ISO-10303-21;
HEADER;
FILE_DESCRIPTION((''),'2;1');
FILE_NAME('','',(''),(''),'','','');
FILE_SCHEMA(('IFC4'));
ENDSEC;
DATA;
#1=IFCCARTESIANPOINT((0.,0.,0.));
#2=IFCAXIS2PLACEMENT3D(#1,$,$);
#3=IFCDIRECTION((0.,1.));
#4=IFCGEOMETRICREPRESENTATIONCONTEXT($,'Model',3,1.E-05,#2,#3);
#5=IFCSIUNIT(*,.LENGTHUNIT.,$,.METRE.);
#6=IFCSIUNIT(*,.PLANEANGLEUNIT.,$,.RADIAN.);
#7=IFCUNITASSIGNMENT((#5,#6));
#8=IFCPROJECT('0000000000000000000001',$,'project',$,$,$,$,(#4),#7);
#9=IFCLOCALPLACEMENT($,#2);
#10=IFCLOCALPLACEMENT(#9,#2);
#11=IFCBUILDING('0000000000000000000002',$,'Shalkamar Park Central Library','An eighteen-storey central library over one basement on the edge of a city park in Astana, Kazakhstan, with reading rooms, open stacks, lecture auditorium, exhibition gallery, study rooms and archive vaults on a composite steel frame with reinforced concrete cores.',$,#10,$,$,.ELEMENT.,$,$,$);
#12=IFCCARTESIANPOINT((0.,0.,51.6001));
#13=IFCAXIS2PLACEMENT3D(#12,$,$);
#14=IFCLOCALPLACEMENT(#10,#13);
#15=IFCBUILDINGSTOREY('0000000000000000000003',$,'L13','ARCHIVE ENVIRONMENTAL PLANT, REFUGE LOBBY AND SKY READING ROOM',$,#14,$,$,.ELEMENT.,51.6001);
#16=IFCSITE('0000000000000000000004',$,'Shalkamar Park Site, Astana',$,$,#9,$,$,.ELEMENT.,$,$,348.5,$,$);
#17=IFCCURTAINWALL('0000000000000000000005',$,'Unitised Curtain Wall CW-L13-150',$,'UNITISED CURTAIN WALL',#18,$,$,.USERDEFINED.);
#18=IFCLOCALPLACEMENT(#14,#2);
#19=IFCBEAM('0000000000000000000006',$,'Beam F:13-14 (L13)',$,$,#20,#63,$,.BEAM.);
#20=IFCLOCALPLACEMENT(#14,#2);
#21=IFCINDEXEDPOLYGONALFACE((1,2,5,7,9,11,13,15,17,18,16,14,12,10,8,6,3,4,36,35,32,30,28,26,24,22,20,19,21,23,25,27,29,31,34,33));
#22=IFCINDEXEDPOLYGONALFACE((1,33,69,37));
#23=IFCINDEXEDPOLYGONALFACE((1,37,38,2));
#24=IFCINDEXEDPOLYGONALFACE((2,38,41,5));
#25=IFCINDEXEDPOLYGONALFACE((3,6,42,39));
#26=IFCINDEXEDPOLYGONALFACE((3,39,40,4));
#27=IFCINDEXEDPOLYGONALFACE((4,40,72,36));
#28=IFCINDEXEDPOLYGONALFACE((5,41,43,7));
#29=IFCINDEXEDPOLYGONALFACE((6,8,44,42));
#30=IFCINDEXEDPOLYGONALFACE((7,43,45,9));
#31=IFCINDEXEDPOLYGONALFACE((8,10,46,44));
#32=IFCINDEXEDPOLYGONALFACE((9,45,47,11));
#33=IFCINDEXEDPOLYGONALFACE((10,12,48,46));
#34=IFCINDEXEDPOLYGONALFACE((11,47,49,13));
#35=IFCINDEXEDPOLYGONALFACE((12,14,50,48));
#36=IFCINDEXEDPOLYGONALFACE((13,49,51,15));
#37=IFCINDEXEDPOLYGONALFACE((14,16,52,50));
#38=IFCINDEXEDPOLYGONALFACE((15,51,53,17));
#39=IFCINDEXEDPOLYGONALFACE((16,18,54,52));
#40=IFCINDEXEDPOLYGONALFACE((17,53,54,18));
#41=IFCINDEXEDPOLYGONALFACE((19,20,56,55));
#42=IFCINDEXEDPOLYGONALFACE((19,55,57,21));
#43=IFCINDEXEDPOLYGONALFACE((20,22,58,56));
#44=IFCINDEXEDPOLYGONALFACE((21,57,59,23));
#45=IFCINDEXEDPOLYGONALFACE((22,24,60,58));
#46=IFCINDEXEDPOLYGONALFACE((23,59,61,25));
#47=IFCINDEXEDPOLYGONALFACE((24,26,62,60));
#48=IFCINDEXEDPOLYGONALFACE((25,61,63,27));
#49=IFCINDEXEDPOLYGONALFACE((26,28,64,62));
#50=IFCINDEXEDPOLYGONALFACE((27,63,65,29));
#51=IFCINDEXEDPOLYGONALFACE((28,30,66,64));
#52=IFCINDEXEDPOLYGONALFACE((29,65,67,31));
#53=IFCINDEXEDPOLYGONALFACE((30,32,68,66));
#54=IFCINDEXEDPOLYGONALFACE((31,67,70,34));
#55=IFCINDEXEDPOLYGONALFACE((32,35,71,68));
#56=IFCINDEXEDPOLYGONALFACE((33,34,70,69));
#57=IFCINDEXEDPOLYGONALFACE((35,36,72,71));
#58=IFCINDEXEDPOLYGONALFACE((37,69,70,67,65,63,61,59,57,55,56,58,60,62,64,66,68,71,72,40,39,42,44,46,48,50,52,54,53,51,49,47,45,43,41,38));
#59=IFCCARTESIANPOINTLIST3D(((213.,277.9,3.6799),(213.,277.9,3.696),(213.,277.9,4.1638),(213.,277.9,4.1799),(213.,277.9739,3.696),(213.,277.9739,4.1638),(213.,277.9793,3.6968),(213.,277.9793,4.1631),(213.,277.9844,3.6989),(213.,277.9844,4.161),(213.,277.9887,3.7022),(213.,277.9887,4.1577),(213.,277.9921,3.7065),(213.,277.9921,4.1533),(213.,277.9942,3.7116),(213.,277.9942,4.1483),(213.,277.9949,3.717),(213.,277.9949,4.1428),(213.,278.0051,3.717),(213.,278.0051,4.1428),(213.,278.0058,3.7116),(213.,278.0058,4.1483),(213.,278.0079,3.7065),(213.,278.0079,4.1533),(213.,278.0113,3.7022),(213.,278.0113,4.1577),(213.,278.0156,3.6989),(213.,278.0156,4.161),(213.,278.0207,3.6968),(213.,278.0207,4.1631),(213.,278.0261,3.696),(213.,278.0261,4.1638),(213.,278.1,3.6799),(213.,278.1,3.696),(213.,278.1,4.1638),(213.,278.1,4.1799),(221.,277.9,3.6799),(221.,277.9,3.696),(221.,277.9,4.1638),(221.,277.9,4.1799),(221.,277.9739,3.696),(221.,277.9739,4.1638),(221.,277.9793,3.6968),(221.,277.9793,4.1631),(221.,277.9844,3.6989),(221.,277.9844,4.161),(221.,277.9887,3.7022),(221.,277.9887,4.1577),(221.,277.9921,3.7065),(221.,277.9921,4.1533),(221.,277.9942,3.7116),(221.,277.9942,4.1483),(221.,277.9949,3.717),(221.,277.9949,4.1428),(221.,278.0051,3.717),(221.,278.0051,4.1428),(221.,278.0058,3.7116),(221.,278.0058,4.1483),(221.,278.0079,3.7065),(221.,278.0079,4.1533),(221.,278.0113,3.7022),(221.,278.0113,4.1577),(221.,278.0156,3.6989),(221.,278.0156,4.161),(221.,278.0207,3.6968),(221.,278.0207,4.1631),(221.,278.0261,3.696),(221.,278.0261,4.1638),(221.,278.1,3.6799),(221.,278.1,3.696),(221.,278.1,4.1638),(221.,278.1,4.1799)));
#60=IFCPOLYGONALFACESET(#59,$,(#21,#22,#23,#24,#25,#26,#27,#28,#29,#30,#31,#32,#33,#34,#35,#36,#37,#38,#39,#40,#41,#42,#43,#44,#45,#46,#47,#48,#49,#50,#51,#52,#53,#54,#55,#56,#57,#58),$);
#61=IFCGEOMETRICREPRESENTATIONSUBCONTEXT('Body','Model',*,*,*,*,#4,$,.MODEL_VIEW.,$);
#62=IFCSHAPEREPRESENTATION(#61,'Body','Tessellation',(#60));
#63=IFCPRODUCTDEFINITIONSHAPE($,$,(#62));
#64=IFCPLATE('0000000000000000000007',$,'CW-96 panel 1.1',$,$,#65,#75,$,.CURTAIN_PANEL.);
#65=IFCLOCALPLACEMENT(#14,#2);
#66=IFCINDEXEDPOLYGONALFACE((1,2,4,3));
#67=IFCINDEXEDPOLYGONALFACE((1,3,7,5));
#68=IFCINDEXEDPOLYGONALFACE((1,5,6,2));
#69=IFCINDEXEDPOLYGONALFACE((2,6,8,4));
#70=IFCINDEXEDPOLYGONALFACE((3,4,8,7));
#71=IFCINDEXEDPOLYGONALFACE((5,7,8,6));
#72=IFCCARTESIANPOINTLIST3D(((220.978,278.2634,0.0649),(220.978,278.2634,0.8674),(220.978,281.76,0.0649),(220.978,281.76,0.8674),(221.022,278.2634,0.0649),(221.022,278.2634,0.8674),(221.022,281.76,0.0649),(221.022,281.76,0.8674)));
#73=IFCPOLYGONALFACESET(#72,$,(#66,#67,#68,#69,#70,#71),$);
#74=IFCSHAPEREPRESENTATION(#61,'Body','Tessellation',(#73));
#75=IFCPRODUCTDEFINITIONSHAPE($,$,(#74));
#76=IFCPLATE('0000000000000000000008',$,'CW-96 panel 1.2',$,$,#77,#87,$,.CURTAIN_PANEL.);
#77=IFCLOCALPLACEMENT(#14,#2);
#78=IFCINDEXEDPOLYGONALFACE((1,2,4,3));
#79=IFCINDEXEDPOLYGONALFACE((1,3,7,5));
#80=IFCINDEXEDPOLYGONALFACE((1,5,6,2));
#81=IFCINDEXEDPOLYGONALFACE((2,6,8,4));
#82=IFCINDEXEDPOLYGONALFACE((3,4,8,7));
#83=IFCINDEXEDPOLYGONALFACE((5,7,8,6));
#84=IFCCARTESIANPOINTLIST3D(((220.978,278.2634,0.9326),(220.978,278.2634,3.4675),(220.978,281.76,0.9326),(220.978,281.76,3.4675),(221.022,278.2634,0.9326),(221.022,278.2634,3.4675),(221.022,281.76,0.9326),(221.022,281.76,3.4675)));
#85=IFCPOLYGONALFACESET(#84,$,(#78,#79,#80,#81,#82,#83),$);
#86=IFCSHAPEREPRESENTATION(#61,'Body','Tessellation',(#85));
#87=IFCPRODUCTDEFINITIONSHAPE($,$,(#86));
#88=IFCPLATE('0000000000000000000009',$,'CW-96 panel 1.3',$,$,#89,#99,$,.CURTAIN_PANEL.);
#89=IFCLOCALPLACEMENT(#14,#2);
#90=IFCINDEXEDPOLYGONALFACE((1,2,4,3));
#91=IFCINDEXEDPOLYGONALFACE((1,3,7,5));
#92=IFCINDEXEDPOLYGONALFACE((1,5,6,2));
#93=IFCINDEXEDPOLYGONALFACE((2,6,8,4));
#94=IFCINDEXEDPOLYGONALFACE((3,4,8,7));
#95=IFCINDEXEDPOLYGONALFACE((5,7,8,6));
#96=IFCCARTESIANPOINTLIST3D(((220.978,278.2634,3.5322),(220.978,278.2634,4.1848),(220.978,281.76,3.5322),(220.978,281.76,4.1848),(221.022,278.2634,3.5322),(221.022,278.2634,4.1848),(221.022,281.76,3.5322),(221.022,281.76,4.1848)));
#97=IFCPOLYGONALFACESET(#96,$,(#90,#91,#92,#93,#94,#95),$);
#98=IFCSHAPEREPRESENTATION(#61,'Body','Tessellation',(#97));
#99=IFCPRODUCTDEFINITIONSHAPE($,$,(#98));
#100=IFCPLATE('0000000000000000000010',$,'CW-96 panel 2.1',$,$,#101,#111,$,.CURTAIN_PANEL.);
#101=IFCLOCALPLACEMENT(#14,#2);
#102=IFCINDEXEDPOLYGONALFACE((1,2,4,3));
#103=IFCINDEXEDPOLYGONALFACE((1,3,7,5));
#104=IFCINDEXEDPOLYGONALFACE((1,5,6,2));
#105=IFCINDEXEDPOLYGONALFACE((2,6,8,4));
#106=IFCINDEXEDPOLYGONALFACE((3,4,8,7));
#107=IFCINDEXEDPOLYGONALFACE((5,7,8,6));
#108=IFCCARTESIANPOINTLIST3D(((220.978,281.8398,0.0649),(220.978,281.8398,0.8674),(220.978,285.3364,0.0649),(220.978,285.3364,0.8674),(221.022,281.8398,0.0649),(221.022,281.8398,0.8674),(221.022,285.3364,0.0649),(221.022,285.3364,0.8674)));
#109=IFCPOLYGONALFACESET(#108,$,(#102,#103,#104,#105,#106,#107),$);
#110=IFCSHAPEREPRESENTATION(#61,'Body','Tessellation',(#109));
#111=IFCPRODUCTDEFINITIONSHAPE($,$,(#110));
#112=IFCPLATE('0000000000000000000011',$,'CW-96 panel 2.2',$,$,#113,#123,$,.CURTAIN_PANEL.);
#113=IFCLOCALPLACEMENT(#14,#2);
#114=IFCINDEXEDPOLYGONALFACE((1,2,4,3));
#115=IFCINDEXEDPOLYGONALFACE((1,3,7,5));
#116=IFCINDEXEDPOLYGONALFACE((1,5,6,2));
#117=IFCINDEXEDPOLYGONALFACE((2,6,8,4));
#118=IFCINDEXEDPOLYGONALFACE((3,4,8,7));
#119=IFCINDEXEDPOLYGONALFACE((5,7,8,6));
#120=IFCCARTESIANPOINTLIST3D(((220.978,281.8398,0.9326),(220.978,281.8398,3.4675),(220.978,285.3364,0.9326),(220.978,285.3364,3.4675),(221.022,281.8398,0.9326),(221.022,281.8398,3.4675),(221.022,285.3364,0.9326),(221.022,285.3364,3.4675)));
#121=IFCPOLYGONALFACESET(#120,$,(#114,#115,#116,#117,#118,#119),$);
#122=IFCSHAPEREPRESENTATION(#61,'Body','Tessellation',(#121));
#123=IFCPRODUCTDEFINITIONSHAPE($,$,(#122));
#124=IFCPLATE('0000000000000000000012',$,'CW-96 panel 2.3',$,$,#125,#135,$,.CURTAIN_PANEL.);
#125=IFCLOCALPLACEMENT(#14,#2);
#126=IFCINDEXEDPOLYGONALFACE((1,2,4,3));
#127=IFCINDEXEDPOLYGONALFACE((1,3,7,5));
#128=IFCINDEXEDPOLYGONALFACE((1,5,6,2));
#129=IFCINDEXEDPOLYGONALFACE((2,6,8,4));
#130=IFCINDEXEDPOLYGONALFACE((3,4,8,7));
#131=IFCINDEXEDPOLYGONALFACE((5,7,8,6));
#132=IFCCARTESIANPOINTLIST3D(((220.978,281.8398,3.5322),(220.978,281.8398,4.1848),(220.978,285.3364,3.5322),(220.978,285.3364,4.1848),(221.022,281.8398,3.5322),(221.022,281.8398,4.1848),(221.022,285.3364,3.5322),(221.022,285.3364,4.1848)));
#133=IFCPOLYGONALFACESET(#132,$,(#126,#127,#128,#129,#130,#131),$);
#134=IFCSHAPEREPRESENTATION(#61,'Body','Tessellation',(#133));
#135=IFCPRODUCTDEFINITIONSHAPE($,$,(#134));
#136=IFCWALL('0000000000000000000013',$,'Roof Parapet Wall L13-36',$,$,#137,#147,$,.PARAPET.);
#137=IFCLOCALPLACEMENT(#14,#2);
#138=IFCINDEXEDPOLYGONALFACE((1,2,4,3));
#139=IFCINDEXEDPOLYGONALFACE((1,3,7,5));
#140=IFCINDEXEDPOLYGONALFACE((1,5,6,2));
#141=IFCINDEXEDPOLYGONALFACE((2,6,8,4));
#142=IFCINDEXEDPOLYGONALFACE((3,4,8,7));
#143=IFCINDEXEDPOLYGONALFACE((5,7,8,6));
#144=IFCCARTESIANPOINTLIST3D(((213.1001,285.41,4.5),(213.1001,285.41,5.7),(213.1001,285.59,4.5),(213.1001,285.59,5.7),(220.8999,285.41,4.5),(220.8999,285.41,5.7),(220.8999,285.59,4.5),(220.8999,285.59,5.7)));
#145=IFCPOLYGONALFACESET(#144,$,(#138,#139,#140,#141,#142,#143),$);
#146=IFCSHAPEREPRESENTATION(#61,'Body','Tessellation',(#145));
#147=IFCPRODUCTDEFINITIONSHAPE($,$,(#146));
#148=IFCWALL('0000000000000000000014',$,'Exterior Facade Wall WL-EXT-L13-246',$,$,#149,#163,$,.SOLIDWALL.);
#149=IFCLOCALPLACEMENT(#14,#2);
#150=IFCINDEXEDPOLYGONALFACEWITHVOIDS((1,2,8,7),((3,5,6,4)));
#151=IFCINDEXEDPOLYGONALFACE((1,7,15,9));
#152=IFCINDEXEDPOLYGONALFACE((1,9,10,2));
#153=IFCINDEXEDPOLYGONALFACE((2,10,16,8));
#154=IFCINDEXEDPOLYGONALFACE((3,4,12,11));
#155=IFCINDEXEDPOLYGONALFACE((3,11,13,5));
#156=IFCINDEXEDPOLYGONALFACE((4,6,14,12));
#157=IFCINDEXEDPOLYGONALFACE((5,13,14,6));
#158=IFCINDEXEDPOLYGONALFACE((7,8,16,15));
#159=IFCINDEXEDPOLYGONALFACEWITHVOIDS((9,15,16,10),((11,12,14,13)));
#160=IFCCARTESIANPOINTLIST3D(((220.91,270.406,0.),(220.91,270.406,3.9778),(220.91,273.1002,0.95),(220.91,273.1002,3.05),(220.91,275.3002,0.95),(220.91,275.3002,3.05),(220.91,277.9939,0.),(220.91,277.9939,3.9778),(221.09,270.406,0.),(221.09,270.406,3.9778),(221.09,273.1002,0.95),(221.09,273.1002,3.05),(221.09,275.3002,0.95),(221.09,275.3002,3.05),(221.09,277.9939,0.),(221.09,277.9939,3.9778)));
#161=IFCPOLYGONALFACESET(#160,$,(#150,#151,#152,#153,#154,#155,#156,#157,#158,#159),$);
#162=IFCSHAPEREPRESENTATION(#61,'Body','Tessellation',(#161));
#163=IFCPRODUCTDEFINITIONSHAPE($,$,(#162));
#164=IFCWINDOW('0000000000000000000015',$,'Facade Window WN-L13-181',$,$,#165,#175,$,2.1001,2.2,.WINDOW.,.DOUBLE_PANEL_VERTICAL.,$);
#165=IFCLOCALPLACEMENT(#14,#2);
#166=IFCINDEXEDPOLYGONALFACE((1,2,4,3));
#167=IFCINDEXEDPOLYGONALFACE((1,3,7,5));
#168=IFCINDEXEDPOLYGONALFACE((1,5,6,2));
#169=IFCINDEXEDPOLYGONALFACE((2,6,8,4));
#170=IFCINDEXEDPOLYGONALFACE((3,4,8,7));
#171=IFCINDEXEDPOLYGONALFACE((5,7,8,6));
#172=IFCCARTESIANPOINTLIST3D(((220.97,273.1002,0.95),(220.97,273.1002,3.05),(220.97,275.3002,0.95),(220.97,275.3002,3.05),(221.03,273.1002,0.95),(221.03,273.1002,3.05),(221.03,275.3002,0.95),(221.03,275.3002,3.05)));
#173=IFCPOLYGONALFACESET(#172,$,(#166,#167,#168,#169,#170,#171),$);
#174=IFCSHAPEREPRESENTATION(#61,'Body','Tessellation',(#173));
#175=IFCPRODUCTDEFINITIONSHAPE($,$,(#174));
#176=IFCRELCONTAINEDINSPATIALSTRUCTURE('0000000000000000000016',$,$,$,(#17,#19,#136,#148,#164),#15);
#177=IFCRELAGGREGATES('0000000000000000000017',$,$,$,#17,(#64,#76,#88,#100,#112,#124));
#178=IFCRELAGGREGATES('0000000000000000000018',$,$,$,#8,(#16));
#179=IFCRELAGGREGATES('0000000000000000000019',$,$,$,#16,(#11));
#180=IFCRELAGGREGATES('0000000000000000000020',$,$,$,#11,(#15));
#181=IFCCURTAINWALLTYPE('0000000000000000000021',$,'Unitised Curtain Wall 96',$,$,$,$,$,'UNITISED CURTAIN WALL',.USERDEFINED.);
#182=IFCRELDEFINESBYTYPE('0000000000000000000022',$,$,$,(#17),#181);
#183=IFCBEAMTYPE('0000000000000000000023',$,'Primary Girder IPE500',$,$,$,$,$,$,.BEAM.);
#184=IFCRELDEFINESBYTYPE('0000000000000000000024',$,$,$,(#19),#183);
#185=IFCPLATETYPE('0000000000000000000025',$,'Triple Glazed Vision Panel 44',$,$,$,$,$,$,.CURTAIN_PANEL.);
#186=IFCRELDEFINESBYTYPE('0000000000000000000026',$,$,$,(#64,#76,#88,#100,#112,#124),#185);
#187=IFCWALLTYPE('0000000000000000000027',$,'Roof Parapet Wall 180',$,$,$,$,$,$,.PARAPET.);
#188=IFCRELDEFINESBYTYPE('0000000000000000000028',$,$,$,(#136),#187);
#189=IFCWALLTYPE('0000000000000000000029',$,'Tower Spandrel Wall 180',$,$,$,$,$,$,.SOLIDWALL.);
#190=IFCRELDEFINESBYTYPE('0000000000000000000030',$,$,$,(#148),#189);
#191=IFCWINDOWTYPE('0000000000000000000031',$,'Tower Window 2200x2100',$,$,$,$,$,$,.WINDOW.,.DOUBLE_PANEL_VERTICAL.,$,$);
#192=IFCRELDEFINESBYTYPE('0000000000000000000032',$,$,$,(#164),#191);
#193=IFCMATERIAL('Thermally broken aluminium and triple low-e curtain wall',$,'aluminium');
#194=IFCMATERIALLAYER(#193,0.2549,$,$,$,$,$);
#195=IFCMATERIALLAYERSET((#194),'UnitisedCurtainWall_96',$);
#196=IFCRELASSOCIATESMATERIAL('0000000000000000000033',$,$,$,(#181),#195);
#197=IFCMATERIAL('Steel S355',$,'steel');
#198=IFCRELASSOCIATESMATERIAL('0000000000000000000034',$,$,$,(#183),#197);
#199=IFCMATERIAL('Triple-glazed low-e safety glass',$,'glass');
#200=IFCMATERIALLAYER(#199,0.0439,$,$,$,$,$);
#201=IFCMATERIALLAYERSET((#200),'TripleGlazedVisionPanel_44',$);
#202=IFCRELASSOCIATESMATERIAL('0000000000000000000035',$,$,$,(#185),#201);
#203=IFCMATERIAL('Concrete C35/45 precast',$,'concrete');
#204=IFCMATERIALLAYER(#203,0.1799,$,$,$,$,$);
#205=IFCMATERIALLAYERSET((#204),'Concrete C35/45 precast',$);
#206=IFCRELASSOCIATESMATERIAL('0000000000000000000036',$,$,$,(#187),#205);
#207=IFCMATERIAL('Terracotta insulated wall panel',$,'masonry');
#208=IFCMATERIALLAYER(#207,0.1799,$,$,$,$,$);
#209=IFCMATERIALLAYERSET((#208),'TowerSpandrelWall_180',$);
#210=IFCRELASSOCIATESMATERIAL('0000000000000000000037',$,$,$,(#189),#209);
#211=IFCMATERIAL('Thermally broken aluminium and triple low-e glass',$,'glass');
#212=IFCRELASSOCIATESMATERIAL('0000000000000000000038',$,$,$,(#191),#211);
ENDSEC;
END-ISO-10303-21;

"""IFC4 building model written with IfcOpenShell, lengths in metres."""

from ifc_helpers import new_model, si_unit, direction, frame, frame_2d, origin, origin_2d, place, context, subcontext, project, spatial, rectangle, i_section, extrude, material, layer, layer_set, material_profile, profile_set, type_object, element, fill, aggregate, save


model = new_model("IFC4")

# Units and contexts
model_context = context("Model", 3, precision=1e-05, world=origin(), true_north=direction((0.0, 1.0)))
body_context = subcontext(model_context, "Body", "Model", "MODEL_VIEW")
ifc_project = project(units=[si_unit("LENGTHUNIT", "METRE"), si_unit("PLANEANGLEUNIT", "RADIAN")], contexts=[model_context])

# Site, building, storey
site_placement = place(None, origin())
site = spatial("IfcSite", under=ifc_project, at=site_placement, Name="Shalkamar Park Site, Astana", CompositionType="ELEMENT", RefElevation=348.5)
building_placement = place(site_placement, origin())
building = spatial("IfcBuilding", under=site, at=building_placement, Name="Shalkamar Park Central Library", Description="An eighteen-storey central library over one basement on the edge of a city park in Astana, Kazakhstan, with reading rooms, open stacks, lecture auditorium, exhibition gallery, study rooms and archive vaults on a composite steel frame with reinforced concrete cores.", CompositionType="ELEMENT")
storey_placement = place(building_placement, frame((0.0, 0.0, 51.6001)))
storey = spatial("IfcBuildingStorey", under=building, at=storey_placement, Name="L13", Description="ARCHIVE ENVIRONMENTAL PLANT, REFUGE LOBBY AND SKY READING ROOM", CompositionType="ELEMENT", Elevation=51.6001)

# Shared definitions
ifc_material_1 = material(Name="Steel S355", Category="steel")

# Curtain wall
ifc_material_2 = material(Name="Thermally broken aluminium and triple low-e curtain wall", Category="aluminium")
ifc_layer_1 = layer(ifc_material_2, 0.2549)
ifc_layer_set_1 = layer_set([ifc_layer_1], Name="UnitisedCurtainWall_96")
curtain_wall_type = type_object("IfcCurtainWallType", Name="Unitised Curtain Wall 96", ElementType="UNITISED CURTAIN WALL", PredefinedType="USERDEFINED", material=ifc_layer_set_1)
curtain_wall_placement = place(storey_placement, origin())
curtain_wall = element("IfcCurtainWall", 1, at=curtain_wall_placement, inside=storey, type_object=curtain_wall_type, Name="Unitised Curtain Wall CW-L13-150", ObjectType="UNITISED CURTAIN WALL", PredefinedType="USERDEFINED")

# Beam
ifc_material_profile_1 = material_profile(ifc_material_1, i_section(OverallWidth=0.2, OverallDepth=0.5, WebThickness=0.0103, FlangeThickness=0.0161, FilletRadius=0.021, at=origin_2d()), Name="IPE 500")
ifc_profile_set_1 = profile_set([ifc_material_profile_1], Name="Steel S355")
beam_type_1 = type_object("IfcBeamType", Name="Primary Girder IPE500", PredefinedType="BEAM", material=ifc_profile_set_1)
beam_1_placement = place(storey_placement, frame((213.0, 278.0, 3.9299), z_axis=(1.0, 0.0, 0.0), x_axis=(0.0, 1.0, 0.0)))
element("IfcBeam", 2, at=beam_1_placement, inside=storey, type_object=beam_type_1, Name="Beam F:13-14 (L13)", PredefinedType="BEAM", context=body_context, shape_type="SweptSolid", body=[
    extrude(i_section(OverallWidth=0.2, OverallDepth=0.5, WebThickness=0.0103, FlangeThickness=0.0161, FilletRadius=0.021, at=origin_2d()), origin(), (0.0, 0.0, 1.0), 8.0),
])

# Plates
ifc_material_3 = material(Name="Triple-glazed low-e safety glass", Category="glass")
ifc_layer_2 = layer(ifc_material_3, 0.0439)
ifc_layer_set_2 = layer_set([ifc_layer_2], Name="TripleGlazedVisionPanel_44")
plate_type = type_object("IfcPlateType", Name="Triple Glazed Vision Panel 44", PredefinedType="CURTAIN_PANEL", material=ifc_layer_set_2)
plate_1_placement = place(storey_placement, frame((221.0, 280.0117, 0.0649), z_axis=(0.0, 0.0, 1.0), x_axis=(0.0, 1.0, 0.0)))
plate_1 = element("IfcPlate", 3, at=plate_1_placement, type_object=plate_type, Name="CW-96 panel 1.1", PredefinedType="CURTAIN_PANEL", context=body_context, shape_type="SweptSolid", body=[
    extrude(rectangle(XDim=3.4966, YDim=0.0439, at=origin_2d()), origin(), (0.0, 0.0, 1.0), 0.8025),
])
plate_2_placement = place(storey_placement, frame((221.0, 280.0117, 0.9326), z_axis=(0.0, 0.0, 1.0), x_axis=(0.0, 1.0, 0.0)))
plate_2 = element("IfcPlate", 4, at=plate_2_placement, type_object=plate_type, Name="CW-96 panel 1.2", PredefinedType="CURTAIN_PANEL", context=body_context, shape_type="SweptSolid", body=[
    extrude(rectangle(XDim=3.4966, YDim=0.0439, at=origin_2d()), origin(), (0.0, 0.0, 1.0), 2.5349),
])
plate_3_placement = place(storey_placement, frame((221.0, 280.0117, 3.5322), z_axis=(0.0, 0.0, 1.0), x_axis=(0.0, 1.0, 0.0)))
plate_3 = element("IfcPlate", 5, at=plate_3_placement, type_object=plate_type, Name="CW-96 panel 1.3", PredefinedType="CURTAIN_PANEL", context=body_context, shape_type="SweptSolid", body=[
    extrude(rectangle(XDim=3.4966, YDim=0.0439, at=origin_2d()), origin(), (0.0, 0.0, 1.0), 0.6526),
])
plate_4_placement = place(storey_placement, frame((221.0, 283.5881, 0.0649), z_axis=(0.0, 0.0, 1.0), x_axis=(0.0, 1.0, 0.0)))
plate_4 = element("IfcPlate", 6, at=plate_4_placement, type_object=plate_type, Name="CW-96 panel 2.1", PredefinedType="CURTAIN_PANEL", context=body_context, shape_type="SweptSolid", body=[
    extrude(rectangle(XDim=3.4966, YDim=0.0439, at=origin_2d()), origin(), (0.0, 0.0, 1.0), 0.8025),
])
plate_5_placement = place(storey_placement, frame((221.0, 283.5881, 0.9326), z_axis=(0.0, 0.0, 1.0), x_axis=(0.0, 1.0, 0.0)))
plate_5 = element("IfcPlate", 7, at=plate_5_placement, type_object=plate_type, Name="CW-96 panel 2.2", PredefinedType="CURTAIN_PANEL", context=body_context, shape_type="SweptSolid", body=[
    extrude(rectangle(XDim=3.4966, YDim=0.0439, at=origin_2d()), origin(), (0.0, 0.0, 1.0), 2.5349),
])
plate_6_placement = place(storey_placement, frame((221.0, 283.5881, 3.5322), z_axis=(0.0, 0.0, 1.0), x_axis=(0.0, 1.0, 0.0)))
plate_6 = element("IfcPlate", 8, at=plate_6_placement, type_object=plate_type, Name="CW-96 panel 2.3", PredefinedType="CURTAIN_PANEL", context=body_context, shape_type="SweptSolid", body=[
    extrude(rectangle(XDim=3.4966, YDim=0.0439, at=origin_2d()), origin(), (0.0, 0.0, 1.0), 0.6526),
])
aggregate(curtain_wall, [plate_1, plate_2, plate_3, plate_4, plate_5, plate_6])

# Wall
ifc_material_4 = material(Name="Concrete C35/45 precast", Category="concrete")
ifc_layer_3 = layer(ifc_material_4, 0.1799)
ifc_layer_set_3 = layer_set([ifc_layer_3], Name="Concrete C35/45 precast")
wall_type_1 = type_object("IfcWallType", Name="Roof Parapet Wall 180", PredefinedType="PARAPET", material=ifc_layer_set_3)
wall_1_placement = place(storey_placement, frame((213.1001, 285.5, 4.5), z_axis=(0.0, 0.0, 1.0), x_axis=(1.0, 0.0, 0.0)))
element("IfcWall", 9, at=wall_1_placement, inside=storey, type_object=wall_type_1, Name="Roof Parapet Wall L13-36", PredefinedType="PARAPET", context=body_context, shape_type="SweptSolid", body=[
    extrude(rectangle(XDim=7.7998, YDim=0.1799, at=frame_2d((3.8999, 0.0))), origin(), (0.0, 0.0, 1.0), 1.2),
])

# Wall, opening, window
ifc_material_5 = material(Name="Terracotta insulated wall panel", Category="masonry")
ifc_layer_4 = layer(ifc_material_5, 0.1799)
ifc_layer_set_4 = layer_set([ifc_layer_4], Name="TowerSpandrelWall_180")
wall_type_2 = type_object("IfcWallType", Name="Tower Spandrel Wall 180", PredefinedType="SOLIDWALL", material=ifc_layer_set_4)
wall_2_placement = place(storey_placement, frame((221.0, 270.406, 0.0), z_axis=(0.0, 0.0, 1.0), x_axis=(0.0, 1.0, 0.0)))
wall_2 = element("IfcWall", 10, at=wall_2_placement, inside=storey, type_object=wall_type_2, Name="Exterior Facade Wall WL-EXT-L13-246", PredefinedType="SOLIDWALL", context=body_context, shape_type="SweptSolid", body=[
    extrude(rectangle(XDim=7.5879, YDim=0.1799, at=frame_2d((3.7939, 0.0))), origin(), (0.0, 0.0, 1.0), 3.9778),
])
opening_placement = place(wall_2_placement, frame((2.6941, 0.0, 0.95)))
opening = element("IfcOpeningElement", 11, at=opening_placement, cuts=wall_2, PredefinedType="OPENING", context=body_context, shape_type="SweptSolid", body=[
    extrude(rectangle(XDim=2.2, YDim=2.1001, at=frame_2d((1.1001, 1.05))), frame((0.0, 0.105, 0.0), z_axis=(0.0, -1.0, 0.0), x_axis=(1.0, 0.0, 0.0)), (0.0, 0.0, 1.0), 0.2097),
])
ifc_material_6 = material(Name="Thermally broken aluminium and triple low-e glass", Category="glass")
window_type = type_object("IfcWindowType", Name="Tower Window 2200x2100", PartitioningType="DOUBLE_PANEL_VERTICAL", PredefinedType="WINDOW", material=ifc_material_6)
window_placement = place(opening_placement, origin())
window = element("IfcWindow", 12, at=window_placement, inside=storey, type_object=window_type, Name="Facade Window WN-L13-181", OverallHeight=2.1001, OverallWidth=2.2, PartitioningType="DOUBLE_PANEL_VERTICAL", PredefinedType="WINDOW", context=body_context, shape_type="SweptSolid", body=[
    extrude(rectangle(XDim=2.2, YDim=2.1001, at=frame_2d((1.1001, 1.05))), frame((0.0, 0.03, 0.0), z_axis=(0.0, -1.0, 0.0), x_axis=(1.0, 0.0, 0.0)), (0.0, 0.0, 1.0), 0.0601),
])
fill(opening, window)

save(model, "model.ifc")
